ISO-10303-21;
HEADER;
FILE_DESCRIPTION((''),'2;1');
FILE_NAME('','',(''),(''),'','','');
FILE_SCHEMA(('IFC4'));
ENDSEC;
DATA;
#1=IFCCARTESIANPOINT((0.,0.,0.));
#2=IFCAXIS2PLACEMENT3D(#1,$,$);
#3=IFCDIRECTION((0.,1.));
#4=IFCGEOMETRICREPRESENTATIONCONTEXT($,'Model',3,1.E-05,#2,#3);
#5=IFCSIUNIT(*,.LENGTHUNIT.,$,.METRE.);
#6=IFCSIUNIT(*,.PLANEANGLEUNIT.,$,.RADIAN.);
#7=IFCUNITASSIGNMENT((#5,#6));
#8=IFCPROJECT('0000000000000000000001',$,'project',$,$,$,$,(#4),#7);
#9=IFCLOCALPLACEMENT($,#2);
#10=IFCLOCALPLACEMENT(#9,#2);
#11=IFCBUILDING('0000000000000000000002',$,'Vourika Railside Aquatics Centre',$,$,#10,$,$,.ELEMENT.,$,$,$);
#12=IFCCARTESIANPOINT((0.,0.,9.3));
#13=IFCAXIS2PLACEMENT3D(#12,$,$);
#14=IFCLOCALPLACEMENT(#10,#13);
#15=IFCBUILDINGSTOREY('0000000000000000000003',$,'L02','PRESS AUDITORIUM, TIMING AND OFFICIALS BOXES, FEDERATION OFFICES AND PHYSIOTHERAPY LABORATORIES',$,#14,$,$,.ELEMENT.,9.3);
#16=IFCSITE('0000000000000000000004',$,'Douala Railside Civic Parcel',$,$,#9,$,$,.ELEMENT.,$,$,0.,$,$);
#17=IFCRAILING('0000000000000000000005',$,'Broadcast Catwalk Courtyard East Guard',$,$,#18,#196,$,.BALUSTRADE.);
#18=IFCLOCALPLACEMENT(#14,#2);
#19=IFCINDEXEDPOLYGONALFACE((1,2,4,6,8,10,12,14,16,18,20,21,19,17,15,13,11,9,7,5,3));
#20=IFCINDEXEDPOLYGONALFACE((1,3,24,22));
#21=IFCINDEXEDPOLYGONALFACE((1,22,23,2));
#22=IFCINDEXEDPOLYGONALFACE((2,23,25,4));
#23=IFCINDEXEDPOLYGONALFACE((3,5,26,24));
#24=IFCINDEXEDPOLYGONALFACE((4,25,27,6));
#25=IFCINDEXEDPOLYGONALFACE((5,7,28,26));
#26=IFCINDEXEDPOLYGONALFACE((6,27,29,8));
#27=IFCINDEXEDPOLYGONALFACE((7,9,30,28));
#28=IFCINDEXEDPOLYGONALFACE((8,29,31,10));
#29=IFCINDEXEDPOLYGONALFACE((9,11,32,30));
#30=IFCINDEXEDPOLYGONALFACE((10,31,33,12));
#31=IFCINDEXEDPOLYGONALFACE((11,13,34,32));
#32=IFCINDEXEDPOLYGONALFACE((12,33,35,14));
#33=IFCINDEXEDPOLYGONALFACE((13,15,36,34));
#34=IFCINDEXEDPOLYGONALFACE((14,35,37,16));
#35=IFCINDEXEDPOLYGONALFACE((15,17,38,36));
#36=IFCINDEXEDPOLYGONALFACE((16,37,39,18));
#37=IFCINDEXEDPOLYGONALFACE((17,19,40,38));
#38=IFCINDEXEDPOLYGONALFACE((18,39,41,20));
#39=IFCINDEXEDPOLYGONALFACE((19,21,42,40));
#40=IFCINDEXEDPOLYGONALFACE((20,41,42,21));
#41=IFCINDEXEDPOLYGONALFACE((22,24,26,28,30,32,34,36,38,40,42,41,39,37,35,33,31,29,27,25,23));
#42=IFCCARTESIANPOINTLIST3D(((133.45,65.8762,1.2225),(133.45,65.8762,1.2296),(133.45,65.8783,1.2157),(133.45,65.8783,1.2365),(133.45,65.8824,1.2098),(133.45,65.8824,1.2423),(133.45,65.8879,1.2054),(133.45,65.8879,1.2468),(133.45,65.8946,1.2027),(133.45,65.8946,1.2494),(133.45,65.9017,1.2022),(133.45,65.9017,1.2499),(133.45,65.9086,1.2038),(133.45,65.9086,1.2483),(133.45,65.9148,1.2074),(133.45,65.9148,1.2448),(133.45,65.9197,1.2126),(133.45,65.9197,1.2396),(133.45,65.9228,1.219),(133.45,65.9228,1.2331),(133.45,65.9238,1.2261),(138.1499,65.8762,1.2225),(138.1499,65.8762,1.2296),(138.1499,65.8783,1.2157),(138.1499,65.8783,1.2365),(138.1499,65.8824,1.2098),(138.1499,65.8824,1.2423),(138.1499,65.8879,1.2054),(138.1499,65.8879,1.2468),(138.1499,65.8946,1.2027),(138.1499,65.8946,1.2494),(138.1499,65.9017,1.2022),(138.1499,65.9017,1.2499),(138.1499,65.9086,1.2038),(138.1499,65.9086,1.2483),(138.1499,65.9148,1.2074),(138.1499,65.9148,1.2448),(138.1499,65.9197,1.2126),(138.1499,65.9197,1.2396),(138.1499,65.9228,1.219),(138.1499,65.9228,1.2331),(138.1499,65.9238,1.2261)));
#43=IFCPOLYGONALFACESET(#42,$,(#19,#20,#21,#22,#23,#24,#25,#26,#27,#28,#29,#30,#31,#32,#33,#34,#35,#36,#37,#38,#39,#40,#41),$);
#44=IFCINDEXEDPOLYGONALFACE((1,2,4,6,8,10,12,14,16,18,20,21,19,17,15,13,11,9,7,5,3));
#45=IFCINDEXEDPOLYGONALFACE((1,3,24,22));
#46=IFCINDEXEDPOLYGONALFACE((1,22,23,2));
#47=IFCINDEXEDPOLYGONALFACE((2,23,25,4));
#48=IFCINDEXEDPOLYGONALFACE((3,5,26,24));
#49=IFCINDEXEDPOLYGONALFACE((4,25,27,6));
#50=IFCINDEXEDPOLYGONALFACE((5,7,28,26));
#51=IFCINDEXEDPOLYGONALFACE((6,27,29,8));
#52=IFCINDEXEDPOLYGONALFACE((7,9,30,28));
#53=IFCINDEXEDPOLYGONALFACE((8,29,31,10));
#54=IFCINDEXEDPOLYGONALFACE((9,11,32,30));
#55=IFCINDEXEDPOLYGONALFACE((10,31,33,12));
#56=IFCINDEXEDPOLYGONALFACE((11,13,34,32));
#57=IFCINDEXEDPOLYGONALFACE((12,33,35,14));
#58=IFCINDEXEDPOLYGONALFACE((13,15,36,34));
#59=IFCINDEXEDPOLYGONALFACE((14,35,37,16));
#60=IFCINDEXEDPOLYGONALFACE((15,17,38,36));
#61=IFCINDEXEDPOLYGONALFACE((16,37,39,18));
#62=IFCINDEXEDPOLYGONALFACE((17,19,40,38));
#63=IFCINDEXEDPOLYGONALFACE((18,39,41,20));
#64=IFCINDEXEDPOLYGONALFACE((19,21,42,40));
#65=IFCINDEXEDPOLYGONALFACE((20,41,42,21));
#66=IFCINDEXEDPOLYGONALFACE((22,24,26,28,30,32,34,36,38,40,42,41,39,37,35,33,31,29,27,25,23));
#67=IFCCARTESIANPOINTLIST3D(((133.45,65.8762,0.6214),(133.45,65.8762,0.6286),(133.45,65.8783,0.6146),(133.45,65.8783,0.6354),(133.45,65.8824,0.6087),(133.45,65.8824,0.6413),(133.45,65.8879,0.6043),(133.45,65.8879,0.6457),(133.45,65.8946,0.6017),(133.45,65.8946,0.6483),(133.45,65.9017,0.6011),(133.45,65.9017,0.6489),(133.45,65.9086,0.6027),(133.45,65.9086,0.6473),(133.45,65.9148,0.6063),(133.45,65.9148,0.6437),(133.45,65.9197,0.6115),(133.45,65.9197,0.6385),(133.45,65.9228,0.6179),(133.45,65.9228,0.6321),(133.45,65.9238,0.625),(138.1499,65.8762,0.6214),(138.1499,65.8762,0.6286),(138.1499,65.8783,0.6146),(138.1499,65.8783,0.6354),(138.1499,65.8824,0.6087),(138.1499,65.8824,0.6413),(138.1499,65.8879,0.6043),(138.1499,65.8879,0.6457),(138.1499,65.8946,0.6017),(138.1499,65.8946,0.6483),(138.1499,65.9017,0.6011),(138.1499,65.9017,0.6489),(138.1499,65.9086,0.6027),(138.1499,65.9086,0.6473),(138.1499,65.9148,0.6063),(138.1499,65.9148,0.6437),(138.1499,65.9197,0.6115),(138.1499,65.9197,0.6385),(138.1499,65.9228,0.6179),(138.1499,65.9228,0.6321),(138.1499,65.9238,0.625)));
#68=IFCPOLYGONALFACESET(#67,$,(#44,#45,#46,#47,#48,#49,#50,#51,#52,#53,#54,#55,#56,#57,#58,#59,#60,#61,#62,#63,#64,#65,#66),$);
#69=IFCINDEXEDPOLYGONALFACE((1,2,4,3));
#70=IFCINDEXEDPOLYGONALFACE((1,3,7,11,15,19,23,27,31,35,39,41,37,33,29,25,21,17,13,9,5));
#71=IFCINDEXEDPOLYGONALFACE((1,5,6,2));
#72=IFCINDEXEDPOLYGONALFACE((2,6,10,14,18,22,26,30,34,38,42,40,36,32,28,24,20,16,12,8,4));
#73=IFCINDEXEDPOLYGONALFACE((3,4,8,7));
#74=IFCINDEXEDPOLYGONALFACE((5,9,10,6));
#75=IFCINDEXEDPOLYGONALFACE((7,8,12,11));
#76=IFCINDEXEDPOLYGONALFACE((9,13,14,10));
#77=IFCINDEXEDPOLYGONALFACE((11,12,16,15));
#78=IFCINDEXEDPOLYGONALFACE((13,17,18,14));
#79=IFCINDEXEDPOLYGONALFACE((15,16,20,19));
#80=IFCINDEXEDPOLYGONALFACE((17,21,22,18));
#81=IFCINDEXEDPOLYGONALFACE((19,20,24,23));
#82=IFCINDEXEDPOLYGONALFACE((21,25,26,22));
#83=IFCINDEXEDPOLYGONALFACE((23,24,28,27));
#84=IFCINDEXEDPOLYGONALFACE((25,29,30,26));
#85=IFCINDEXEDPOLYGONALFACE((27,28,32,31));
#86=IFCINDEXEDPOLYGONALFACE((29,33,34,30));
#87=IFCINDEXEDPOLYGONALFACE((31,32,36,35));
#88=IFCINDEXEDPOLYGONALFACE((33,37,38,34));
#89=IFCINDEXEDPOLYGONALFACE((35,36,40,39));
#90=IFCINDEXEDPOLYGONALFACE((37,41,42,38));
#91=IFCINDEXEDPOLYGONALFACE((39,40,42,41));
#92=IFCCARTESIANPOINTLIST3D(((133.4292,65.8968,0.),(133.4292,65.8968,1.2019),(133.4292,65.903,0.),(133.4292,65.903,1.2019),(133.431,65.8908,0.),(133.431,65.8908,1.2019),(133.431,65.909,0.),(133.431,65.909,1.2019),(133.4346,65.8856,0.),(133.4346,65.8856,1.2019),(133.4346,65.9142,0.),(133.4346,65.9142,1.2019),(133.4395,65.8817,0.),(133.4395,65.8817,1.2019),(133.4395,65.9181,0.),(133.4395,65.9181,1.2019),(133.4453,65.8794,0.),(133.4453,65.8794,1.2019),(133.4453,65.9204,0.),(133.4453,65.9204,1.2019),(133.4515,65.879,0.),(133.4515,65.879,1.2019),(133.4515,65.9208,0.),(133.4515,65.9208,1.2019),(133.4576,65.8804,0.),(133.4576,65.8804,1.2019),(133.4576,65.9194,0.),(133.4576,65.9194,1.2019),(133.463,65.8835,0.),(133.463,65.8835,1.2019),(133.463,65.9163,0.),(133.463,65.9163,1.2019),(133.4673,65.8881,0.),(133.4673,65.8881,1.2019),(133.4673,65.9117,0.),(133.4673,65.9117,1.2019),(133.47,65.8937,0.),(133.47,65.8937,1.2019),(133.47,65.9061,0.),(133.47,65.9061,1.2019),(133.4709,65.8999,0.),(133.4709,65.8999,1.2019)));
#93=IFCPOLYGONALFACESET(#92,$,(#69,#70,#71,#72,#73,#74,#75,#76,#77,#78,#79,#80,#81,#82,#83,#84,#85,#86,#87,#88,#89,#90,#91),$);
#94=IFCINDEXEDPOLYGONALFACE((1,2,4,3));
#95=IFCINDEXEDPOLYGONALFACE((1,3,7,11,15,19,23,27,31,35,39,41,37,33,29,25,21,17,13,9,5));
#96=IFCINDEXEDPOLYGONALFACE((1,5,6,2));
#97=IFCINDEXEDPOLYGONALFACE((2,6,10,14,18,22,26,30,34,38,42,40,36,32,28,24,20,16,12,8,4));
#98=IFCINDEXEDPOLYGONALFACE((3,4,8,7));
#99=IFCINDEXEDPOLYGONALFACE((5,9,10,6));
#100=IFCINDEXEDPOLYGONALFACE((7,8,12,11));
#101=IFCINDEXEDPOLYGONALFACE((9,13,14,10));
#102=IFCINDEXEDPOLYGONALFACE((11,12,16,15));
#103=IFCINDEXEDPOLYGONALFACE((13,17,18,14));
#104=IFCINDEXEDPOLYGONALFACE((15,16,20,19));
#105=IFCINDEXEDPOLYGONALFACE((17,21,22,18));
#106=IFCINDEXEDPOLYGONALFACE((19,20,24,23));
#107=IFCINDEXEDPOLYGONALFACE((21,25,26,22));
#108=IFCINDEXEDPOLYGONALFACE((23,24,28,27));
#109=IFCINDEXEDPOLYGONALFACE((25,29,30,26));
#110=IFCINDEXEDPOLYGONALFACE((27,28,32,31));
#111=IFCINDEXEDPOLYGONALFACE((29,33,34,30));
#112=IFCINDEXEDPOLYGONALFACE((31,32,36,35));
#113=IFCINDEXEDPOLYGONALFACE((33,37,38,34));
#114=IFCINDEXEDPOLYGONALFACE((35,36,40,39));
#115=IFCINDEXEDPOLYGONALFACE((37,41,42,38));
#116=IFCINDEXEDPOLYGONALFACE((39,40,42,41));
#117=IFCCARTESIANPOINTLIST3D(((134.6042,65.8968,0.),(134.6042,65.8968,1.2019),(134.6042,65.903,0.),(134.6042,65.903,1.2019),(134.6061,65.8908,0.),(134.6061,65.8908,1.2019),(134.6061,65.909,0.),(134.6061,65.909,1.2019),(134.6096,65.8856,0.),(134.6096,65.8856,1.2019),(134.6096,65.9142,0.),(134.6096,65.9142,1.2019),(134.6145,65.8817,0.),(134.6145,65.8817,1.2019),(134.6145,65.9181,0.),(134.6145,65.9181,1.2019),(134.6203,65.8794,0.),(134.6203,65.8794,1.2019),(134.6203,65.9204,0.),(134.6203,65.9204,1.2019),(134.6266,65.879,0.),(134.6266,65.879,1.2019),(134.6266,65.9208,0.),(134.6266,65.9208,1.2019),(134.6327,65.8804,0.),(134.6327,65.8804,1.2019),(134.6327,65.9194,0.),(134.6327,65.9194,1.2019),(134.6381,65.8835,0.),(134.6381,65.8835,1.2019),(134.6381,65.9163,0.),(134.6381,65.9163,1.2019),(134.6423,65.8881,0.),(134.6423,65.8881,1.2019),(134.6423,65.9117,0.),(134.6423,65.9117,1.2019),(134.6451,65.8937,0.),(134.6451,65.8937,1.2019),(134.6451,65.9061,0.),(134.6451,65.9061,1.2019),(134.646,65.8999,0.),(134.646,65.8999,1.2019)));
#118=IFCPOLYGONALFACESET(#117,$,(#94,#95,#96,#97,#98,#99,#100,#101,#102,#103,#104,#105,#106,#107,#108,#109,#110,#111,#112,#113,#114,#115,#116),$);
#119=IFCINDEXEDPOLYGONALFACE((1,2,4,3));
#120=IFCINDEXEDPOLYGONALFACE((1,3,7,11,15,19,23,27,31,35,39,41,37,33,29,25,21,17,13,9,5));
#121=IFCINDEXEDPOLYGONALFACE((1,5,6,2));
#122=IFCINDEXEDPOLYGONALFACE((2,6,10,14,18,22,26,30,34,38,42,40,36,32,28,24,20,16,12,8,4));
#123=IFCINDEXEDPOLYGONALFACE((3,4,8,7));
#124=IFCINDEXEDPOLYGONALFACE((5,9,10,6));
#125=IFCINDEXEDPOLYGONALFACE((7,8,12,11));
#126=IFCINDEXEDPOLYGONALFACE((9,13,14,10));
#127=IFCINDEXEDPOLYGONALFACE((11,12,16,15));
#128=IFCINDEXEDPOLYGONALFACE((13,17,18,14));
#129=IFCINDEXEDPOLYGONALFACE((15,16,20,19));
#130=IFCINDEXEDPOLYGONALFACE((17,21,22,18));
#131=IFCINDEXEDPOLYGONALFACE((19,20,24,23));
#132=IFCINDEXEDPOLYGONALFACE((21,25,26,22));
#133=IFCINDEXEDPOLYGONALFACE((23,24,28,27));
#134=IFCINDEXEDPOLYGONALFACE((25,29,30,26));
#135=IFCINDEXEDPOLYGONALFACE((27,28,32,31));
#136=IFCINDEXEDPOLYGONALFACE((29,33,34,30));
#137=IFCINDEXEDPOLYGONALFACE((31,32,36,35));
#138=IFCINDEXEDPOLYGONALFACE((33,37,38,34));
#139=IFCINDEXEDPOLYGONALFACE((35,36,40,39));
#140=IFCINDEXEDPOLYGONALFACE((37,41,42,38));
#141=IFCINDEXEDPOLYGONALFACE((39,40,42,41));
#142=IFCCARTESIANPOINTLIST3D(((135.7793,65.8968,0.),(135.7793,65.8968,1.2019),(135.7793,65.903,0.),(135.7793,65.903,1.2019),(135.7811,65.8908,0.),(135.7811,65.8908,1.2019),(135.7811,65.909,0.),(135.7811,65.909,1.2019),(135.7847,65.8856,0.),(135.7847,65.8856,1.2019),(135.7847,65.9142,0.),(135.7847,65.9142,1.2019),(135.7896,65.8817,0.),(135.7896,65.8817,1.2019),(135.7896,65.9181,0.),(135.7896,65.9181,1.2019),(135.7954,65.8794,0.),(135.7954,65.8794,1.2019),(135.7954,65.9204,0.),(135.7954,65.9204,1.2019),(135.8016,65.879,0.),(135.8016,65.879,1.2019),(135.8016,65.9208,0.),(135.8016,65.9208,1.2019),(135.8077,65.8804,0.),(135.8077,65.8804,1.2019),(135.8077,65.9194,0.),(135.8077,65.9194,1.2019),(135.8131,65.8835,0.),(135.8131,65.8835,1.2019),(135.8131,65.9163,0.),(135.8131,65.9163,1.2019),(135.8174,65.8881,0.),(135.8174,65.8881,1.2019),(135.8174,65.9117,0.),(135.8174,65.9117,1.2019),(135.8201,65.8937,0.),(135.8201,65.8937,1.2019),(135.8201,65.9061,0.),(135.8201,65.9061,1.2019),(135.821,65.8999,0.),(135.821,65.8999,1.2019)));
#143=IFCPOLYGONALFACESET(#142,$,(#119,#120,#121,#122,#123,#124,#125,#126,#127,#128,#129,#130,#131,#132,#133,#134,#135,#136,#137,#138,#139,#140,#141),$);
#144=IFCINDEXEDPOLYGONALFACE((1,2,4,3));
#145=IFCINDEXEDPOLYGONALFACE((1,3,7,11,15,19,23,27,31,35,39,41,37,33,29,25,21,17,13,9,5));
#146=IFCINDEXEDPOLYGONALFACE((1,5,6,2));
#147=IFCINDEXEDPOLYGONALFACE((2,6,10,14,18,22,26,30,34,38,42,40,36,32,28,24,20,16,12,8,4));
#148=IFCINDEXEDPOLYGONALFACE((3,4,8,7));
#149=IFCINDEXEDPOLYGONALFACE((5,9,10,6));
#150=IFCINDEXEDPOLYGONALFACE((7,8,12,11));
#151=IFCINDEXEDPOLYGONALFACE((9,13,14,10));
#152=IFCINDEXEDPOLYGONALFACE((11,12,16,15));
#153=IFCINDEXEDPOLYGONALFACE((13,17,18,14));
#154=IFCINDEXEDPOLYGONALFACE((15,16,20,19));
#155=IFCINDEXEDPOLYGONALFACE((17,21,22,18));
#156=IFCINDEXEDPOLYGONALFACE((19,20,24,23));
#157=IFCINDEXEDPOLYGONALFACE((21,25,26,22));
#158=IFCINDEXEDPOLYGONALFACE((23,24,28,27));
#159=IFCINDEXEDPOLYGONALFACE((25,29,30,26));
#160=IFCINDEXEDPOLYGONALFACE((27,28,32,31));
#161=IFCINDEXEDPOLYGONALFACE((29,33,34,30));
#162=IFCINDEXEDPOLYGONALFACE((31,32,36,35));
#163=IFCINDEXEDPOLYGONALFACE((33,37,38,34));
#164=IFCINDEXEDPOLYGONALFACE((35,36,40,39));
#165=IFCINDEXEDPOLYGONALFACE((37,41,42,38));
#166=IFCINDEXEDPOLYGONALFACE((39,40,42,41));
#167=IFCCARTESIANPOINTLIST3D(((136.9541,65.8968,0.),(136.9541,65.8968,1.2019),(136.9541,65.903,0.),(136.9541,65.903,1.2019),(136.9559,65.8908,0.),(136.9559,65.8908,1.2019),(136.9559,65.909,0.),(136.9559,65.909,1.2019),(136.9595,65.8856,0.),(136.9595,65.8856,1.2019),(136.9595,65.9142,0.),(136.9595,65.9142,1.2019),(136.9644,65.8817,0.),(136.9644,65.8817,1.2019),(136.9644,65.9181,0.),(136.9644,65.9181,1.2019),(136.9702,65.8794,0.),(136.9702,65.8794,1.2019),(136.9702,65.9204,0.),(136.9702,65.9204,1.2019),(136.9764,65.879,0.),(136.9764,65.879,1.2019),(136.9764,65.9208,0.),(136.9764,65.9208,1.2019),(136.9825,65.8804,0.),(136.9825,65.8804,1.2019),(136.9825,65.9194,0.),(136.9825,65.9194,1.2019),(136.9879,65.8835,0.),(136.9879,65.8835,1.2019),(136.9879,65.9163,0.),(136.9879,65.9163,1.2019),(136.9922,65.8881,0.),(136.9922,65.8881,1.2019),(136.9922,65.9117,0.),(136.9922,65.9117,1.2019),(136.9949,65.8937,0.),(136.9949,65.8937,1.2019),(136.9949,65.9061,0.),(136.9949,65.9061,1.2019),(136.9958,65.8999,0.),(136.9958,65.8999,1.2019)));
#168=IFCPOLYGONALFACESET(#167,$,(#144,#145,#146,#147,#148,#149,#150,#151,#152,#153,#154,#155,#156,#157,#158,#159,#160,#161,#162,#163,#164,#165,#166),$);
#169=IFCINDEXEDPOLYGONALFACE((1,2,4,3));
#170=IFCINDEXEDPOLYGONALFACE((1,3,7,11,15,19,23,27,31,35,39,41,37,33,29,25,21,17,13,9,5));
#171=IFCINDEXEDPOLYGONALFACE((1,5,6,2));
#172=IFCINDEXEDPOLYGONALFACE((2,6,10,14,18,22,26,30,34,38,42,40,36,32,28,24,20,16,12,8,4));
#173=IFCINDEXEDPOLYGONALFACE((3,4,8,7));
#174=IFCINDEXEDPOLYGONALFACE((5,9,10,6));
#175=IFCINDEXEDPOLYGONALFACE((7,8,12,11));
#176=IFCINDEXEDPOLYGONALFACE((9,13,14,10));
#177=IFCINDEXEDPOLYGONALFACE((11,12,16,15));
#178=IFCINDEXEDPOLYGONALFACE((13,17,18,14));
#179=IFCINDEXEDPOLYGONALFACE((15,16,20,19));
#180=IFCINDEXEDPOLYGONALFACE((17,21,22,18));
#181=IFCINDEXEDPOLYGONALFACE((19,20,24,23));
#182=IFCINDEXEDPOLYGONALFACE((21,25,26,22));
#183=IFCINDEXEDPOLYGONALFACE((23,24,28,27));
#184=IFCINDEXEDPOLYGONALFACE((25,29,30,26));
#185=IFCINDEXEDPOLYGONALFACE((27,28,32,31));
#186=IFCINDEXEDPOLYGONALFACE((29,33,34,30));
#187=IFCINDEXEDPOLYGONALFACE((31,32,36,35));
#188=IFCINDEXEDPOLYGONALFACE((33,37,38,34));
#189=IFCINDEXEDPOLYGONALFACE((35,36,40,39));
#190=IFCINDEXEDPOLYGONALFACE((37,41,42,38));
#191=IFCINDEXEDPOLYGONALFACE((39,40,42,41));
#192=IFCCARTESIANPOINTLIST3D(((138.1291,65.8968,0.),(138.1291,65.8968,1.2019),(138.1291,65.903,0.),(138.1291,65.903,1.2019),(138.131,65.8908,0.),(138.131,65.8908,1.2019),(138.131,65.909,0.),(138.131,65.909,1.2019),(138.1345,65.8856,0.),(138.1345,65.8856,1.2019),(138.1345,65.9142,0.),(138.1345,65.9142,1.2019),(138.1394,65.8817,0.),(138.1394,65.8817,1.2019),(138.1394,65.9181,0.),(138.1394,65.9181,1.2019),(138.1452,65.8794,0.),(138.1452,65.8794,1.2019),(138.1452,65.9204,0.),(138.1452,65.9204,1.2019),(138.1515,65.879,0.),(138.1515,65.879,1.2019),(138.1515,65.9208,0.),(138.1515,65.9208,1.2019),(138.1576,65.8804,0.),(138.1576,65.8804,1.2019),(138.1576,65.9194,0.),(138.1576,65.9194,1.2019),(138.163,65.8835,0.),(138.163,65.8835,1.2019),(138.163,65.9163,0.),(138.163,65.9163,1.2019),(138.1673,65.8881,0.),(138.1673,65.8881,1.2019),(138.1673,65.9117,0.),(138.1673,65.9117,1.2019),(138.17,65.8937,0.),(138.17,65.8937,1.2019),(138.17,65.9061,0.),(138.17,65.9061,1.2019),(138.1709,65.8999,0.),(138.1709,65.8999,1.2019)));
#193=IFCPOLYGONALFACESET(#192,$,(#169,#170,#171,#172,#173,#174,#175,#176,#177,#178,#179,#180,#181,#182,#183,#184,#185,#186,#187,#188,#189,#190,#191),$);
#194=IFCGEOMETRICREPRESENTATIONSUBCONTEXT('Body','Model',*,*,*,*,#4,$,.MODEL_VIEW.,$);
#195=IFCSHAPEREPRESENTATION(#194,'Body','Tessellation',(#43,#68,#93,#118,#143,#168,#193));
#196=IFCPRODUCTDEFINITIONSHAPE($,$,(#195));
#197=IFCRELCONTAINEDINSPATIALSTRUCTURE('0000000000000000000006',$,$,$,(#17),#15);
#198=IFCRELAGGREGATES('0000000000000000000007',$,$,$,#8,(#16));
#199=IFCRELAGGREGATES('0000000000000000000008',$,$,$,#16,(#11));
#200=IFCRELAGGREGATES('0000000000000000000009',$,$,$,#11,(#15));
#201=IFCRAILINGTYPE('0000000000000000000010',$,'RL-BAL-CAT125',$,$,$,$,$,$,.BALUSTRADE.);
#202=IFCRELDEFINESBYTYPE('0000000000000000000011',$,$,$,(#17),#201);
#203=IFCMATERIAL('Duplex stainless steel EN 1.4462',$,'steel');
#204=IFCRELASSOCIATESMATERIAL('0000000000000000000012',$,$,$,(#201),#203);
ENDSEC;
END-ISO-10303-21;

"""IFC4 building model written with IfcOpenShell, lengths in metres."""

from ifc_helpers import new_model, si_unit, direction, frame, origin, origin_2d, place, context, subcontext, project, spatial, circle, extrude, material, type_object, element, save


model = new_model("IFC4")

# Units and contexts
model_context = context("Model", 3, precision=1e-05, world=origin(), true_north=direction((0.0, 1.0)))
body_context = subcontext(model_context, "Body", "Model", "MODEL_VIEW")
ifc_project = project(units=[si_unit("LENGTHUNIT", "METRE"), si_unit("PLANEANGLEUNIT", "RADIAN")], contexts=[model_context])

# Site, building, storey
site_placement = place(None, origin())
site = spatial("IfcSite", under=ifc_project, at=site_placement, Name="Douala Railside Civic Parcel", CompositionType="ELEMENT", RefElevation=0.0)
building_placement = place(site_placement, origin())
building = spatial("IfcBuilding", under=site, at=building_placement, Name="Vourika Railside Aquatics Centre", CompositionType="ELEMENT")
storey_placement = place(building_placement, frame((0.0, 0.0, 9.3)))
storey = spatial("IfcBuildingStorey", under=building, at=storey_placement, Name="L02", Description="PRESS AUDITORIUM, TIMING AND OFFICIALS BOXES, FEDERATION OFFICES AND PHYSIOTHERAPY LABORATORIES", CompositionType="ELEMENT", Elevation=9.3)

# Railing
ifc_material_1 = material(Name="Duplex stainless steel EN 1.4462", Category="steel")
railing_type_1 = type_object("IfcRailingType", Name="RL-BAL-CAT125", PredefinedType="BALUSTRADE", material=ifc_material_1)
railing_1_placement = place(storey_placement, frame((133.45, 65.8999, 0.0)))
element("IfcRailing", 1, at=railing_1_placement, inside=storey, type_object=railing_type_1, Name="Broadcast Catwalk Courtyard East Guard", PredefinedType="BALUSTRADE", context=body_context, shape_type="SweptSolid", body=[
    extrude(circle(Radius=0.0239, at=origin_2d()), frame((0.0, 0.0, 1.2261), z_axis=(1.0, 0.0, 0.0), x_axis=(0.0, 1.0, 0.0)), (0.0, 0.0, 1.0), 4.7),
    extrude(circle(Radius=0.0239, at=origin_2d()), frame((0.0, 0.0, 0.625), z_axis=(1.0, 0.0, 0.0), x_axis=(0.0, 1.0, 0.0)), (0.0, 0.0, 1.0), 4.7),
    extrude(circle(Radius=0.021, at=origin_2d()), origin(), (0.0, 0.0, 1.0), 1.2019),
    extrude(circle(Radius=0.021, at=origin_2d()), frame((1.175, 0.0, 0.0)), (0.0, 0.0, 1.0), 1.2019),
    extrude(circle(Radius=0.021, at=origin_2d()), frame((2.3501, 0.0, 0.0)), (0.0, 0.0, 1.0), 1.2019),
    extrude(circle(Radius=0.021, at=origin_2d()), frame((3.5249, 0.0, 0.0)), (0.0, 0.0, 1.0), 1.2019),
    extrude(circle(Radius=0.021, at=origin_2d()), frame((4.7, 0.0, 0.0)), (0.0, 0.0, 1.0), 1.2019),
])

save(model, "model.ifc")
